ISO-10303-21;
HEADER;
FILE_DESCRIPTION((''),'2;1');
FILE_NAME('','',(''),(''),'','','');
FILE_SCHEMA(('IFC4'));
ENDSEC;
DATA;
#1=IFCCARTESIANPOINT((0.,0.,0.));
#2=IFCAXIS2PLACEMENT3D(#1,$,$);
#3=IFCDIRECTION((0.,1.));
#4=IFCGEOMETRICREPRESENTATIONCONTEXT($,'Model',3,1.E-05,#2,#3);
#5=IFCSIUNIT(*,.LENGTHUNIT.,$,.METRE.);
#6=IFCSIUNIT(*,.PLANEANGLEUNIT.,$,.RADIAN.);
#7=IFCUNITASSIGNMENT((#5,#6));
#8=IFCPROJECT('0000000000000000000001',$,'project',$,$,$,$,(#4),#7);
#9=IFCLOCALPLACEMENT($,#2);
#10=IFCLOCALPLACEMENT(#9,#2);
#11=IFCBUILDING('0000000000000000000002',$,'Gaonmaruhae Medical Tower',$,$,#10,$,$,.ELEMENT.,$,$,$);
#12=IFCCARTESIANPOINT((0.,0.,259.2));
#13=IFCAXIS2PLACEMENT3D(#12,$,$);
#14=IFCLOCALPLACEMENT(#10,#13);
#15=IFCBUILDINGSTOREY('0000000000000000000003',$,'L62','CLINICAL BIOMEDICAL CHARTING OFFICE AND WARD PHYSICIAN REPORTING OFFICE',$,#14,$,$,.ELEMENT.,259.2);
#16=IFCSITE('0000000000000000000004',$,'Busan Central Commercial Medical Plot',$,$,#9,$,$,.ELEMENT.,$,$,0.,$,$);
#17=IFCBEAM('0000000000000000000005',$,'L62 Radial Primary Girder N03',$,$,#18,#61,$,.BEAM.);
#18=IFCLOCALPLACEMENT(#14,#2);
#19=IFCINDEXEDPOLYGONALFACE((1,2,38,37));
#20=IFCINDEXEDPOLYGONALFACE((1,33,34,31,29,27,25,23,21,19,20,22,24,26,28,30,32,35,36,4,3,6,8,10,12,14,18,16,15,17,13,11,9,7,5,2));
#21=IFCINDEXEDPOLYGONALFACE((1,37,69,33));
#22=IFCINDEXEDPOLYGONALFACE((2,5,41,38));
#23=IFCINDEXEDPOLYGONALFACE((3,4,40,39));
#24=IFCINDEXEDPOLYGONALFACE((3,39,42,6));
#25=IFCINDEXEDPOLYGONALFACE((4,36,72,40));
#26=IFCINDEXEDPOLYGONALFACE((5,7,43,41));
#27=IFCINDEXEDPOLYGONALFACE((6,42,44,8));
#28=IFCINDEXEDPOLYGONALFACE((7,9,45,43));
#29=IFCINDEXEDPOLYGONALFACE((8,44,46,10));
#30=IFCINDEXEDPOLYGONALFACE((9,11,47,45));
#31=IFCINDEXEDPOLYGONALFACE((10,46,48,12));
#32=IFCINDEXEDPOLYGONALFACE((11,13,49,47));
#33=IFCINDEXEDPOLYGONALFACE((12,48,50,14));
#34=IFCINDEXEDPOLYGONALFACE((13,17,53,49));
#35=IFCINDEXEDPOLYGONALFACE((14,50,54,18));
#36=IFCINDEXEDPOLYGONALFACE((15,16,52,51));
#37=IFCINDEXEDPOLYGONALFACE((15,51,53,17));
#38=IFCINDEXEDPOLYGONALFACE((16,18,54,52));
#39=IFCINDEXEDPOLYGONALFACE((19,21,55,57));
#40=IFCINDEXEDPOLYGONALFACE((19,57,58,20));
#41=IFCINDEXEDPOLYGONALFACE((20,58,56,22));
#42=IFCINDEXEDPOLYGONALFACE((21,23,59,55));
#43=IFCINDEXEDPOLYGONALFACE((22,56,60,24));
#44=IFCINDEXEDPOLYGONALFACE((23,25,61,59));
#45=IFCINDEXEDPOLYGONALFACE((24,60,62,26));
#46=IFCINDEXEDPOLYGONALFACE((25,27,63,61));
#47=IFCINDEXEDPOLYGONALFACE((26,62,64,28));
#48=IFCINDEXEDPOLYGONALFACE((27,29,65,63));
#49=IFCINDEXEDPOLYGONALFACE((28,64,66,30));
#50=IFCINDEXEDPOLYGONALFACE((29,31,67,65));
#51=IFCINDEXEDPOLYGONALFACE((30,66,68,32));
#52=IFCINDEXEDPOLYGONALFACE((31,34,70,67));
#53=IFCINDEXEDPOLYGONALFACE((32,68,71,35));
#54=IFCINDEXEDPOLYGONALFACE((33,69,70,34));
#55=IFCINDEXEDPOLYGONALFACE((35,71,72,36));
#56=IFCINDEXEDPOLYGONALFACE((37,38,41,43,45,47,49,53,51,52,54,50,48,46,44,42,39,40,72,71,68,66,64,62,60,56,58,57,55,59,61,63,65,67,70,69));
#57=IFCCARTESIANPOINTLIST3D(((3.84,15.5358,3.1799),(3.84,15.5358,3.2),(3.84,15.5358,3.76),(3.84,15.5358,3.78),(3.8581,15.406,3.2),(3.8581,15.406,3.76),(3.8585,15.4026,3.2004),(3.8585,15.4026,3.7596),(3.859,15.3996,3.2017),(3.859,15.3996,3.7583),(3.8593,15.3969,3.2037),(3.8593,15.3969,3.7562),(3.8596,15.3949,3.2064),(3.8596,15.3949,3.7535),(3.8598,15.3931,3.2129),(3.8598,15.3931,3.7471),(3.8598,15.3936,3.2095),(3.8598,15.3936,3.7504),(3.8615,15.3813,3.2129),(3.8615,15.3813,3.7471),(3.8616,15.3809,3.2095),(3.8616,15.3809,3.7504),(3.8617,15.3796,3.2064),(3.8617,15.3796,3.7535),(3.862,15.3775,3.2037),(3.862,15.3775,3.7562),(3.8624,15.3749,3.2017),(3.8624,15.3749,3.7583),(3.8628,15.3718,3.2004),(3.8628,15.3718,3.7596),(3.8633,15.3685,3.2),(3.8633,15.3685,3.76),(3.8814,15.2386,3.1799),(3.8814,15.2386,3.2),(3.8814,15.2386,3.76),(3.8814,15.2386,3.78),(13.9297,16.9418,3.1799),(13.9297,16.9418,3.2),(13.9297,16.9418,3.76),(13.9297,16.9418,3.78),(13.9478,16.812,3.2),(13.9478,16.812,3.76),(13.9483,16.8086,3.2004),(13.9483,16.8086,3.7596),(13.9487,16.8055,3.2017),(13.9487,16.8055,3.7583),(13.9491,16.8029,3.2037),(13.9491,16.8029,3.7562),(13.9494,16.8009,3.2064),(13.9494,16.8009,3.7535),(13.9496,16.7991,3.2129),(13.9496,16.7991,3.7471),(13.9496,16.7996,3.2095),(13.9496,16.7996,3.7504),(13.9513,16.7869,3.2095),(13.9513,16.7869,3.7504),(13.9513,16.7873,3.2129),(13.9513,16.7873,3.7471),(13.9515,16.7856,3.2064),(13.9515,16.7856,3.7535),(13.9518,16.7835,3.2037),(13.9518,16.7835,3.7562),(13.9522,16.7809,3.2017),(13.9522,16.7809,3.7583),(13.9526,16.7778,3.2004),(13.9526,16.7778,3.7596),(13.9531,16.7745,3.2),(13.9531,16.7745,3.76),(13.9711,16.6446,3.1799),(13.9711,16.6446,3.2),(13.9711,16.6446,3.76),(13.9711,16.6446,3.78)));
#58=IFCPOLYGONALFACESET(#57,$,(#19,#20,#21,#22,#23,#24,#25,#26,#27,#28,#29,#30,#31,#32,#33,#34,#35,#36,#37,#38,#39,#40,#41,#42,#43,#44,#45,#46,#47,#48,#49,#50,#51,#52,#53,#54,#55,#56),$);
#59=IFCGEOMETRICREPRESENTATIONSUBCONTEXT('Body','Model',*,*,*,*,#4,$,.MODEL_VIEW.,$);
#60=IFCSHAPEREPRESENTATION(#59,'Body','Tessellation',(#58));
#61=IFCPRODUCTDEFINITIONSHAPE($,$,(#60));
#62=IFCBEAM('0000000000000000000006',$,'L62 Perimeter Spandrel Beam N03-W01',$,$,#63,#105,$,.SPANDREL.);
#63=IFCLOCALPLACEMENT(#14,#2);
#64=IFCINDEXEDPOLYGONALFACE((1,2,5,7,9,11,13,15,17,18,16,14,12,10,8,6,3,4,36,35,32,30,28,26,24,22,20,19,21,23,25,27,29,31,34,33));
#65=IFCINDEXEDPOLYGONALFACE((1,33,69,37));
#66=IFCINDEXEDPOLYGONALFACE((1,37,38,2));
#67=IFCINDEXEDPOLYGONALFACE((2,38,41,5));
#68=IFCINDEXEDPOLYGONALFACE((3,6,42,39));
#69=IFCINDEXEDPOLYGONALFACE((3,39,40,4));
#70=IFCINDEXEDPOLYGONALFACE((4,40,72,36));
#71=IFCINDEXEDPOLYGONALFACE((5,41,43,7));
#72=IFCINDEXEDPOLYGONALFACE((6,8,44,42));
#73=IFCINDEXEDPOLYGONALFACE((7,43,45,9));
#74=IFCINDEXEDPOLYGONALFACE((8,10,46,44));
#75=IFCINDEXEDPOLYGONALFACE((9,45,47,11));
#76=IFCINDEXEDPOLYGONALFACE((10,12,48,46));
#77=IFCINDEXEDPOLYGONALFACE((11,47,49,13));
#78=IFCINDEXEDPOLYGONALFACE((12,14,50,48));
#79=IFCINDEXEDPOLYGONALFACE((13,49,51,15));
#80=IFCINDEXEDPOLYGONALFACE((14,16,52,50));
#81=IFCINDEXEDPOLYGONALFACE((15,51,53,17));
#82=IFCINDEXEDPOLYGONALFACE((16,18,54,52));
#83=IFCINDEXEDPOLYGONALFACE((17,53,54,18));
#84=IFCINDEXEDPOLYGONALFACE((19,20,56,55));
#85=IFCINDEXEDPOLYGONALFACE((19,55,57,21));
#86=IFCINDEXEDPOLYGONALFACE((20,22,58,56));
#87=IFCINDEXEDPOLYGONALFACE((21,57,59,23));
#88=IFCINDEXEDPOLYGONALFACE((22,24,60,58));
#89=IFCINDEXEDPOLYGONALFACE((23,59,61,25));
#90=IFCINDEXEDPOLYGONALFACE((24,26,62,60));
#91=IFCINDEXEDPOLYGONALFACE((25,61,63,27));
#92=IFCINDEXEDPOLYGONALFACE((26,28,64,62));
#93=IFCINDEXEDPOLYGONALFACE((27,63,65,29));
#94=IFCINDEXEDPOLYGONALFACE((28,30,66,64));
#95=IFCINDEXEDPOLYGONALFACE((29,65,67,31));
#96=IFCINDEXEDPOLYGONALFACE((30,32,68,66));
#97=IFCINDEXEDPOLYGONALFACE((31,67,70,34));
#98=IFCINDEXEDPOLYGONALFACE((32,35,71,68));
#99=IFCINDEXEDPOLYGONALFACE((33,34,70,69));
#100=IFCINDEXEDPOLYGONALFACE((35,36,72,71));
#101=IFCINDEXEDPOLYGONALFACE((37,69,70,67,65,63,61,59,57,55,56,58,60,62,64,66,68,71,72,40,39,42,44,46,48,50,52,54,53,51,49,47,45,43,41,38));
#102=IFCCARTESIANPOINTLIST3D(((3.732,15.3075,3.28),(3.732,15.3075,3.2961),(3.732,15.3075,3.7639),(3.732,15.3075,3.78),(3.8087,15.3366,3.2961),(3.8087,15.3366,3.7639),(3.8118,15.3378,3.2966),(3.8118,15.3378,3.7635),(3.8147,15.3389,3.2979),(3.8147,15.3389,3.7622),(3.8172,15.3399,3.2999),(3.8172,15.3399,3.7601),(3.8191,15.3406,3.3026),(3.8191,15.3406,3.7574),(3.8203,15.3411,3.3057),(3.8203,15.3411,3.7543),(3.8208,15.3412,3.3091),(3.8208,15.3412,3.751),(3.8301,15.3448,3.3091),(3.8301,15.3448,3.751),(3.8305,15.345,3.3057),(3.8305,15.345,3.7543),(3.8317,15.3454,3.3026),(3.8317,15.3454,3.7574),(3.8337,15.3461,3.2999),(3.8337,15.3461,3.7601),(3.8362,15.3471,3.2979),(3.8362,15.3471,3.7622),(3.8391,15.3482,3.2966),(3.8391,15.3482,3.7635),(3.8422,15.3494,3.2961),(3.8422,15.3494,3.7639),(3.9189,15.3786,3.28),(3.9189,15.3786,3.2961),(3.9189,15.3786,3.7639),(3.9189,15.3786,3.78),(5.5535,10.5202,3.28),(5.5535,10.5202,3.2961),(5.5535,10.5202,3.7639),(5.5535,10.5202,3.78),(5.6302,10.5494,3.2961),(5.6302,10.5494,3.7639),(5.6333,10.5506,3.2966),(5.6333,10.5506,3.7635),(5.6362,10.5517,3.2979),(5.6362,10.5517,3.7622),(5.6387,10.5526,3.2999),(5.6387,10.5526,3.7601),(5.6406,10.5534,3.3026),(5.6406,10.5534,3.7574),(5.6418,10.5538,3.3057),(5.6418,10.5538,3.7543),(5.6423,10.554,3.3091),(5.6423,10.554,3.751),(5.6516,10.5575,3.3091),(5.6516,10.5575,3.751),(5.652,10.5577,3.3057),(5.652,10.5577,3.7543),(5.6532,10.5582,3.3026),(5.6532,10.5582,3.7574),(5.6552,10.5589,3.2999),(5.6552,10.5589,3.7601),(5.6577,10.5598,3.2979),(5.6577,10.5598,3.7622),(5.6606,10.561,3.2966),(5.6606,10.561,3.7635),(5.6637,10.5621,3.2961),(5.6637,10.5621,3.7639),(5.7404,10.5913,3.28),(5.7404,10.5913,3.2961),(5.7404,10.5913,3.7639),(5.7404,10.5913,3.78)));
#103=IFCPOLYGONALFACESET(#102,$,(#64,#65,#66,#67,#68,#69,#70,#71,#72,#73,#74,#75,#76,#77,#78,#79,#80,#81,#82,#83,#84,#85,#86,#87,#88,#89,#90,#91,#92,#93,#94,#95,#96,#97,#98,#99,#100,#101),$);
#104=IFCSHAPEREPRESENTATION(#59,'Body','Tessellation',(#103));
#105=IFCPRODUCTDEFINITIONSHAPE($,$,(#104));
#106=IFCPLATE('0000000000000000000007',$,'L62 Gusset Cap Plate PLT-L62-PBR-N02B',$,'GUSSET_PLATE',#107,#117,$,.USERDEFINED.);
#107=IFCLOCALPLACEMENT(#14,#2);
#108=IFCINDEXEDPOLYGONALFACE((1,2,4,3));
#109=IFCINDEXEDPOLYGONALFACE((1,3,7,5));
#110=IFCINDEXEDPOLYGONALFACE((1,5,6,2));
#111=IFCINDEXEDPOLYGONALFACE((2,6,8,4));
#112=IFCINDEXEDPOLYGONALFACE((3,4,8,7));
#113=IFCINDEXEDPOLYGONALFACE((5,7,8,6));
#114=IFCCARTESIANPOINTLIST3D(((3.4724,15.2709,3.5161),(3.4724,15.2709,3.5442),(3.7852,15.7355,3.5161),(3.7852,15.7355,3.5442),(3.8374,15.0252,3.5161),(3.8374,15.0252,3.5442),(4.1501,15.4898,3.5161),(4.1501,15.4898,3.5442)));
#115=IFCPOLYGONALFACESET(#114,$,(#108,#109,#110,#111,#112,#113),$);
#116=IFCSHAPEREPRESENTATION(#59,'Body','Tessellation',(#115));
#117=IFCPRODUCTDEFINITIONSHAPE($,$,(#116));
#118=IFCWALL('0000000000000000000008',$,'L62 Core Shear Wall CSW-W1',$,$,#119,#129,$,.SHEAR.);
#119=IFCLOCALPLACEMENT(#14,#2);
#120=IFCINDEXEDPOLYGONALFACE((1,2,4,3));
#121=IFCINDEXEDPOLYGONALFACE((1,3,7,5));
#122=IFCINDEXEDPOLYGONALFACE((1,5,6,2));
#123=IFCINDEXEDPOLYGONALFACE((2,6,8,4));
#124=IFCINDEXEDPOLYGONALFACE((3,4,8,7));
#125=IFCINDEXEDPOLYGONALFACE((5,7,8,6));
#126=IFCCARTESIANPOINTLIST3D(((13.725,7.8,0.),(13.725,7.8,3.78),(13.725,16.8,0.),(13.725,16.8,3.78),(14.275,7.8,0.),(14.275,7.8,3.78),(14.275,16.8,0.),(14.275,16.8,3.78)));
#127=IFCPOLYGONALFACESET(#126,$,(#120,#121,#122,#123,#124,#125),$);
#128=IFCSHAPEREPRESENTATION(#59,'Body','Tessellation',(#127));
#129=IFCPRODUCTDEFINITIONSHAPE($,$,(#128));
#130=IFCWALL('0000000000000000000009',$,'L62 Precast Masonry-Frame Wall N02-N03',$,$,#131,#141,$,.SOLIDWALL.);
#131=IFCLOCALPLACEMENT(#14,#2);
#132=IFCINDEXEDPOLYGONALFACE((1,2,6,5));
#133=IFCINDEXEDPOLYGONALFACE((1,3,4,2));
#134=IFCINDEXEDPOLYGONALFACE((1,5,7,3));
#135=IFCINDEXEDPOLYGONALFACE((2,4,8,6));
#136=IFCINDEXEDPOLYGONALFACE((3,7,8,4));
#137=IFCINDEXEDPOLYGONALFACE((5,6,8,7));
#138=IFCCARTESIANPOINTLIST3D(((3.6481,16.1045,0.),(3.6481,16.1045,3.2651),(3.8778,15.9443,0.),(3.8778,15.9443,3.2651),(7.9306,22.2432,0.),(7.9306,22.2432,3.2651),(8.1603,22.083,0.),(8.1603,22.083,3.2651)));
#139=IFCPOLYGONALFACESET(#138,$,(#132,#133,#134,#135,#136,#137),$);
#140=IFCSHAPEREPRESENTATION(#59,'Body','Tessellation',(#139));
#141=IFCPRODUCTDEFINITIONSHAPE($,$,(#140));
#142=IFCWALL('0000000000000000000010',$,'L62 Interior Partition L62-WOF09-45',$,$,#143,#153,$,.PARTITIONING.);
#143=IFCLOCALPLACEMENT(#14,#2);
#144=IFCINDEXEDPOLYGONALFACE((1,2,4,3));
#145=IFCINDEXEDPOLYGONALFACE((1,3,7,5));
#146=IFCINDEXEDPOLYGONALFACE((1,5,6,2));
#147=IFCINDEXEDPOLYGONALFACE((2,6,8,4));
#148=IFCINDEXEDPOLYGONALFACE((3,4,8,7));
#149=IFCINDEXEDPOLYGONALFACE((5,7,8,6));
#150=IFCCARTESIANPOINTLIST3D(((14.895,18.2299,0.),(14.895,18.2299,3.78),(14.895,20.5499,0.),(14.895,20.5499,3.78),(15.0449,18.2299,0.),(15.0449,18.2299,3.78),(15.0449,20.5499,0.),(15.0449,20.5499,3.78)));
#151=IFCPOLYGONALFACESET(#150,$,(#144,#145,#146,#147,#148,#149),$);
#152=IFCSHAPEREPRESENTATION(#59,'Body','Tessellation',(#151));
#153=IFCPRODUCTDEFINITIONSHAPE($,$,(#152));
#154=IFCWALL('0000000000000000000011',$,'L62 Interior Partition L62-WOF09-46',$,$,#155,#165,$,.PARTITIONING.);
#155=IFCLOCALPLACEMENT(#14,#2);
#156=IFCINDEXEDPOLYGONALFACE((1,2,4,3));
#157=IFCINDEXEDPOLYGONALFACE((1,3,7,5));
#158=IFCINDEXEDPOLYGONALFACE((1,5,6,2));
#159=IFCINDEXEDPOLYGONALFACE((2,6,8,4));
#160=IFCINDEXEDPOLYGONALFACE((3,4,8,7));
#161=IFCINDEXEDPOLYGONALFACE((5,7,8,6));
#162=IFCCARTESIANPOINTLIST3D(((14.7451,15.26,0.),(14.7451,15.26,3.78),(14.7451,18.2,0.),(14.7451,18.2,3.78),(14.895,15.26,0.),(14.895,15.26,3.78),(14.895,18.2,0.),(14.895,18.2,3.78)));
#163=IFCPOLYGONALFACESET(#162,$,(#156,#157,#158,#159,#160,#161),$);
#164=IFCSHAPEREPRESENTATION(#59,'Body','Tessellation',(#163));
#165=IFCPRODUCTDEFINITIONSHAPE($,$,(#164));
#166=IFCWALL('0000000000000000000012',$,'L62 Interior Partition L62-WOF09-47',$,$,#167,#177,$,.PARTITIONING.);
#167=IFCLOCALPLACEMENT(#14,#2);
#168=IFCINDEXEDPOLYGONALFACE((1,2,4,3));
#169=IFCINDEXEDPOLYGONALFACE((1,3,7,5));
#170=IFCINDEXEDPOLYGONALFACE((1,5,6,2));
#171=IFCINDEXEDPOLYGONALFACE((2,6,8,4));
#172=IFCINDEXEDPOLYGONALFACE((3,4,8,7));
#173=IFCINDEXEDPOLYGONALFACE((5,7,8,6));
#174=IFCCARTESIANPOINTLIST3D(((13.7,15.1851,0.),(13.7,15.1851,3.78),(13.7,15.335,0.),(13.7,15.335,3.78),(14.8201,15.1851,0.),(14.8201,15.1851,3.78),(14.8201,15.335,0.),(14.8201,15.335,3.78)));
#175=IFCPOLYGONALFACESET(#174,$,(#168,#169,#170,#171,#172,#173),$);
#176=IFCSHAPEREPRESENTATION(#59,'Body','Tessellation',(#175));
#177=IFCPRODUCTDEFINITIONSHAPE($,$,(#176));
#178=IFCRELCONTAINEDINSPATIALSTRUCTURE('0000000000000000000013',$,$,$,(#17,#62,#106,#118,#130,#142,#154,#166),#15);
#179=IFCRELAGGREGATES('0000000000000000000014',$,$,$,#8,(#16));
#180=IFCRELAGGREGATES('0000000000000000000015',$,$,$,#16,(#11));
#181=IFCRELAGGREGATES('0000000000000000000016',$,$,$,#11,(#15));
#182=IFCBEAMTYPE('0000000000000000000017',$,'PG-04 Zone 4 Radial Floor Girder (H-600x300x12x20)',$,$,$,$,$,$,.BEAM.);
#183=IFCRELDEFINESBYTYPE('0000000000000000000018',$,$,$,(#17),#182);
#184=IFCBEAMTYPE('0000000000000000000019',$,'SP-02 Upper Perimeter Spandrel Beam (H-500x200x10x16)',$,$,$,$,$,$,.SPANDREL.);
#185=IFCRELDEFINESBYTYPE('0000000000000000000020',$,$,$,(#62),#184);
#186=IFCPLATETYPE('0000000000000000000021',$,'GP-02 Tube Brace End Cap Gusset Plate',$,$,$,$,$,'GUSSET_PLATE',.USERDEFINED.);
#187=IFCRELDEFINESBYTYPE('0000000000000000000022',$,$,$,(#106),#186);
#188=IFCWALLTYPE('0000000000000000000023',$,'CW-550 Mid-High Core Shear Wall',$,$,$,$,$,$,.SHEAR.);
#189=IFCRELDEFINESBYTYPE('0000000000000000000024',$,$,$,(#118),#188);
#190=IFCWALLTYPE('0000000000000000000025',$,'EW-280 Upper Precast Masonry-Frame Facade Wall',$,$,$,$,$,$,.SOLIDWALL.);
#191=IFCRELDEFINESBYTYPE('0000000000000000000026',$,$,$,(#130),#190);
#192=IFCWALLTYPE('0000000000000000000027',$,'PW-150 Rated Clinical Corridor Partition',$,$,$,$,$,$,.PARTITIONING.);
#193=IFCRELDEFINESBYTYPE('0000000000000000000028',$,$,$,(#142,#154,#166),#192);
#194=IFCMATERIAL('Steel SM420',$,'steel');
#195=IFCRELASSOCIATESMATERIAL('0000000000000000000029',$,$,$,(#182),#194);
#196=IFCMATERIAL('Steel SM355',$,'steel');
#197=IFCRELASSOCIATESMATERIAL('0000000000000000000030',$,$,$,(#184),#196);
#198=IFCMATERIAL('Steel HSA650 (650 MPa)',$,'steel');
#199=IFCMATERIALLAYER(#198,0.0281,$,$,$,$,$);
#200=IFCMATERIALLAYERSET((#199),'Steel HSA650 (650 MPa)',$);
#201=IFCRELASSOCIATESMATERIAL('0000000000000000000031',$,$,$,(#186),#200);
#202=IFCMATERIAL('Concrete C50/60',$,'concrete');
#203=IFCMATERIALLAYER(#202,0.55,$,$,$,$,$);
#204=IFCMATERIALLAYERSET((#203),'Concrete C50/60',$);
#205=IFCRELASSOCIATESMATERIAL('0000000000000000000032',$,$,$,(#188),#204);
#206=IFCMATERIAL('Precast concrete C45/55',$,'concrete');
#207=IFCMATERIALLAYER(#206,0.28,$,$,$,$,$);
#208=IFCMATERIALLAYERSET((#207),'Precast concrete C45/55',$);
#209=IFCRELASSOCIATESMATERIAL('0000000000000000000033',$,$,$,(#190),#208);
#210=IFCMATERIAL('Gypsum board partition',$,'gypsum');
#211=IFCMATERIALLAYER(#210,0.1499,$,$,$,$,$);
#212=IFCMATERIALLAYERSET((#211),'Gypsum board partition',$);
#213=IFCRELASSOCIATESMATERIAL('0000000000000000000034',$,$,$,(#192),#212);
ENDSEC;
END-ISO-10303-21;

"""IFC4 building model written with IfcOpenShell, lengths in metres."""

from ifc_helpers import new_model, si_unit, direction, frame, frame_2d, origin, origin_2d, place, context, subcontext, project, spatial, rectangle, i_section, extrude, material, layer, layer_set, material_profile, profile_set, type_object, element, save


model = new_model("IFC4")

# Units and contexts
model_context = context("Model", 3, precision=1e-05, world=origin(), true_north=direction((0.0, 1.0)))
body_context = subcontext(model_context, "Body", "Model", "MODEL_VIEW")
ifc_project = project(units=[si_unit("LENGTHUNIT", "METRE"), si_unit("PLANEANGLEUNIT", "RADIAN")], contexts=[model_context])

# Site, building, storey
site_placement = place(None, origin())
site = spatial("IfcSite", under=ifc_project, at=site_placement, Name="Busan Central Commercial Medical Plot", CompositionType="ELEMENT", RefElevation=0.0)
building_placement = place(site_placement, origin())
building = spatial("IfcBuilding", under=site, at=building_placement, Name="Gaonmaruhae Medical Tower", CompositionType="ELEMENT")
storey_placement = place(building_placement, frame((0.0, 0.0, 259.2)))
storey = spatial("IfcBuildingStorey", under=building, at=storey_placement, Name="L62", Description="CLINICAL BIOMEDICAL CHARTING OFFICE AND WARD PHYSICIAN REPORTING OFFICE", CompositionType="ELEMENT", Elevation=259.2)

# Shared definitions
ifc_material_1 = material(Name="Concrete C50/60", Category="concrete")

# Beams
ifc_material_2 = material(Name="Steel SM355", Category="steel")
ifc_material_3 = material(Name="Steel SM420", Category="steel")
ifc_material_profile_1 = material_profile(ifc_material_3, i_section(OverallWidth=0.3, OverallDepth=0.6001, WebThickness=0.012, FlangeThickness=0.02, FilletRadius=0.0129, at=origin_2d()), Name="H-600x300x12x20")
ifc_profile_set_1 = profile_set([ifc_material_profile_1], Name="Steel SM420")
beam_type_1 = type_object("IfcBeamType", Name="PG-04 Zone 4 Radial Floor Girder (H-600x300x12x20)", PredefinedType="BEAM", material=ifc_profile_set_1)
beam_1_placement = place(storey_placement, frame((13.9504, 16.7932, 3.48), z_axis=(-0.99043, -0.138015, 0.0), x_axis=(0.138015, -0.99043, 0.0)))
element("IfcBeam", 1, at=beam_1_placement, inside=storey, type_object=beam_type_1, Name="L62 Radial Primary Girder N03", PredefinedType="BEAM", context=body_context, shape_type="SweptSolid", body=[
    extrude(i_section(OverallWidth=0.3, OverallDepth=0.6001, WebThickness=0.012, FlangeThickness=0.02, FilletRadius=0.0129, at=origin_2d()), origin(), (0.0, 0.0, 1.0), 10.1873),
])
ifc_material_profile_2 = material_profile(ifc_material_2, i_section(OverallWidth=0.2, OverallDepth=0.5, WebThickness=0.01, FlangeThickness=0.0161, FilletRadius=0.0129, at=origin_2d()), Name="H-500x200x10x16")
ifc_profile_set_2 = profile_set([ifc_material_profile_2], Name="Steel SM355")
beam_type_2 = type_object("IfcBeamType", Name="SP-02 Upper Perimeter Spandrel Beam (H-500x200x10x16)", PredefinedType="SPANDREL", material=ifc_profile_set_2)
beam_2_placement = place(storey_placement, frame((3.8254, 15.343, 3.53), z_axis=(0.355617, -0.934632, 0.0), x_axis=(0.934632, 0.355617, 0.0)))
element("IfcBeam", 2, at=beam_2_placement, inside=storey, type_object=beam_type_2, Name="L62 Perimeter Spandrel Beam N03-W01", PredefinedType="SPANDREL", context=body_context, shape_type="SweptSolid", body=[
    extrude(i_section(OverallWidth=0.2, OverallDepth=0.5, WebThickness=0.01, FlangeThickness=0.0161, FilletRadius=0.0129, at=origin_2d()), origin(), (0.0, 0.0, 1.0), 5.1221),
])

# Plate
ifc_material_4 = material(Name="Steel HSA650 (650 MPa)", Category="steel")
ifc_layer_1 = layer(ifc_material_4, 0.0281)
ifc_layer_set_1 = layer_set([ifc_layer_1], Name="Steel HSA650 (650 MPa)")
plate_type = type_object("IfcPlateType", Name="GP-02 Tube Brace End Cap Gusset Plate", ElementType="GUSSET_PLATE", PredefinedType="USERDEFINED", material=ifc_layer_set_1)
plate_placement = place(storey_placement, frame((3.8113, 15.3804, 3.5161), z_axis=(0.0, 0.0, 1.0), x_axis=(0.558469, 0.829525, 0.0)))
element("IfcPlate", 3, at=plate_placement, inside=storey, type_object=plate_type, Name="L62 Gusset Cap Plate PLT-L62-PBR-N02B", ObjectType="GUSSET_PLATE", PredefinedType="USERDEFINED", context=body_context, shape_type="SweptSolid", body=[
    extrude(rectangle(XDim=0.5601, YDim=0.4399, at=origin_2d()), origin(), (0.0, 0.0, 1.0), 0.0281),
])

# Walls
ifc_layer_2 = layer(ifc_material_1, 0.55)
ifc_layer_set_2 = layer_set([ifc_layer_2], Name="Concrete C50/60")
wall_type_1 = type_object("IfcWallType", Name="CW-550 Mid-High Core Shear Wall", PredefinedType="SHEAR", material=ifc_layer_set_2)
wall_1_placement = place(storey_placement, frame((14.0, 16.8, 0.0), z_axis=(0.0, 0.0, 1.0), x_axis=(0.0, -1.0, 0.0)))
element("IfcWall", 4, at=wall_1_placement, inside=storey, type_object=wall_type_1, Name="L62 Core Shear Wall CSW-W1", PredefinedType="SHEAR", context=body_context, shape_type="SweptSolid", body=[
    extrude(rectangle(XDim=9.0, YDim=0.55, at=frame_2d((4.5, 0.0))), origin(), (0.0, 0.0, 1.0), 3.78),
])
ifc_material_5 = material(Name="Precast concrete C45/55", Category="concrete")
ifc_layer_3 = layer(ifc_material_5, 0.28)
ifc_layer_set_3 = layer_set([ifc_layer_3], Name="Precast concrete C45/55")
wall_type_2 = type_object("IfcWallType", Name="EW-280 Upper Precast Masonry-Frame Facade Wall", PredefinedType="SOLIDWALL", material=ifc_layer_set_3)
wall_2_placement = place(storey_placement, frame((3.7629, 16.0244, 0.0), z_axis=(0.0, 0.0, 1.0), x_axis=(0.572153, 0.820147, 0.0)))
element("IfcWall", 5, at=wall_2_placement, inside=storey, type_object=wall_type_2, Name="L62 Precast Masonry-Frame Wall N02-N03", PredefinedType="SOLIDWALL", context=body_context, shape_type="SweptSolid", body=[
    extrude(rectangle(XDim=7.4849, YDim=0.28, at=frame_2d((3.7424, 0.0))), origin(), (0.0, 0.0, 1.0), 3.2651),
])
ifc_material_6 = material(Name="Gypsum board partition", Category="gypsum")
ifc_layer_4 = layer(ifc_material_6, 0.1499)
ifc_layer_set_4 = layer_set([ifc_layer_4], Name="Gypsum board partition")
wall_type_3 = type_object("IfcWallType", Name="PW-150 Rated Clinical Corridor Partition", PredefinedType="PARTITIONING", material=ifc_layer_set_4)
wall_3_placement = place(storey_placement, frame((14.97, 20.55, 0.0), z_axis=(0.0, 0.0, 1.0), x_axis=(0.0, -1.0, 0.0)))
element("IfcWall", 6, at=wall_3_placement, inside=storey, type_object=wall_type_3, Name="L62 Interior Partition L62-WOF09-45", PredefinedType="PARTITIONING", context=body_context, shape_type="SweptSolid", body=[
    extrude(rectangle(XDim=2.3201, YDim=0.1499, at=frame_2d((1.1602, 0.0))), origin(), (0.0, 0.0, 1.0), 3.78),
])
wall_4_placement = place(storey_placement, frame((14.8201, 18.2, 0.0), z_axis=(0.0, 0.0, 1.0), x_axis=(0.0, -1.0, 0.0)))
element("IfcWall", 7, at=wall_4_placement, inside=storey, type_object=wall_type_3, Name="L62 Interior Partition L62-WOF09-46", PredefinedType="PARTITIONING", context=body_context, shape_type="SweptSolid", body=[
    extrude(rectangle(XDim=2.9399, YDim=0.1499, at=frame_2d((1.47, 0.0))), origin(), (0.0, 0.0, 1.0), 3.78),
])
wall_5_placement = place(storey_placement, frame((14.8201, 15.26, 0.0), z_axis=(0.0, 0.0, 1.0), x_axis=(-1.0, 0.0, 0.0)))
element("IfcWall", 8, at=wall_5_placement, inside=storey, type_object=wall_type_3, Name="L62 Interior Partition L62-WOF09-47", PredefinedType="PARTITIONING", context=body_context, shape_type="SweptSolid", body=[
    extrude(rectangle(XDim=1.1201, YDim=0.1499, at=frame_2d((0.5601, 0.0))), origin(), (0.0, 0.0, 1.0), 3.78),
])

save(model, "model.ifc")
